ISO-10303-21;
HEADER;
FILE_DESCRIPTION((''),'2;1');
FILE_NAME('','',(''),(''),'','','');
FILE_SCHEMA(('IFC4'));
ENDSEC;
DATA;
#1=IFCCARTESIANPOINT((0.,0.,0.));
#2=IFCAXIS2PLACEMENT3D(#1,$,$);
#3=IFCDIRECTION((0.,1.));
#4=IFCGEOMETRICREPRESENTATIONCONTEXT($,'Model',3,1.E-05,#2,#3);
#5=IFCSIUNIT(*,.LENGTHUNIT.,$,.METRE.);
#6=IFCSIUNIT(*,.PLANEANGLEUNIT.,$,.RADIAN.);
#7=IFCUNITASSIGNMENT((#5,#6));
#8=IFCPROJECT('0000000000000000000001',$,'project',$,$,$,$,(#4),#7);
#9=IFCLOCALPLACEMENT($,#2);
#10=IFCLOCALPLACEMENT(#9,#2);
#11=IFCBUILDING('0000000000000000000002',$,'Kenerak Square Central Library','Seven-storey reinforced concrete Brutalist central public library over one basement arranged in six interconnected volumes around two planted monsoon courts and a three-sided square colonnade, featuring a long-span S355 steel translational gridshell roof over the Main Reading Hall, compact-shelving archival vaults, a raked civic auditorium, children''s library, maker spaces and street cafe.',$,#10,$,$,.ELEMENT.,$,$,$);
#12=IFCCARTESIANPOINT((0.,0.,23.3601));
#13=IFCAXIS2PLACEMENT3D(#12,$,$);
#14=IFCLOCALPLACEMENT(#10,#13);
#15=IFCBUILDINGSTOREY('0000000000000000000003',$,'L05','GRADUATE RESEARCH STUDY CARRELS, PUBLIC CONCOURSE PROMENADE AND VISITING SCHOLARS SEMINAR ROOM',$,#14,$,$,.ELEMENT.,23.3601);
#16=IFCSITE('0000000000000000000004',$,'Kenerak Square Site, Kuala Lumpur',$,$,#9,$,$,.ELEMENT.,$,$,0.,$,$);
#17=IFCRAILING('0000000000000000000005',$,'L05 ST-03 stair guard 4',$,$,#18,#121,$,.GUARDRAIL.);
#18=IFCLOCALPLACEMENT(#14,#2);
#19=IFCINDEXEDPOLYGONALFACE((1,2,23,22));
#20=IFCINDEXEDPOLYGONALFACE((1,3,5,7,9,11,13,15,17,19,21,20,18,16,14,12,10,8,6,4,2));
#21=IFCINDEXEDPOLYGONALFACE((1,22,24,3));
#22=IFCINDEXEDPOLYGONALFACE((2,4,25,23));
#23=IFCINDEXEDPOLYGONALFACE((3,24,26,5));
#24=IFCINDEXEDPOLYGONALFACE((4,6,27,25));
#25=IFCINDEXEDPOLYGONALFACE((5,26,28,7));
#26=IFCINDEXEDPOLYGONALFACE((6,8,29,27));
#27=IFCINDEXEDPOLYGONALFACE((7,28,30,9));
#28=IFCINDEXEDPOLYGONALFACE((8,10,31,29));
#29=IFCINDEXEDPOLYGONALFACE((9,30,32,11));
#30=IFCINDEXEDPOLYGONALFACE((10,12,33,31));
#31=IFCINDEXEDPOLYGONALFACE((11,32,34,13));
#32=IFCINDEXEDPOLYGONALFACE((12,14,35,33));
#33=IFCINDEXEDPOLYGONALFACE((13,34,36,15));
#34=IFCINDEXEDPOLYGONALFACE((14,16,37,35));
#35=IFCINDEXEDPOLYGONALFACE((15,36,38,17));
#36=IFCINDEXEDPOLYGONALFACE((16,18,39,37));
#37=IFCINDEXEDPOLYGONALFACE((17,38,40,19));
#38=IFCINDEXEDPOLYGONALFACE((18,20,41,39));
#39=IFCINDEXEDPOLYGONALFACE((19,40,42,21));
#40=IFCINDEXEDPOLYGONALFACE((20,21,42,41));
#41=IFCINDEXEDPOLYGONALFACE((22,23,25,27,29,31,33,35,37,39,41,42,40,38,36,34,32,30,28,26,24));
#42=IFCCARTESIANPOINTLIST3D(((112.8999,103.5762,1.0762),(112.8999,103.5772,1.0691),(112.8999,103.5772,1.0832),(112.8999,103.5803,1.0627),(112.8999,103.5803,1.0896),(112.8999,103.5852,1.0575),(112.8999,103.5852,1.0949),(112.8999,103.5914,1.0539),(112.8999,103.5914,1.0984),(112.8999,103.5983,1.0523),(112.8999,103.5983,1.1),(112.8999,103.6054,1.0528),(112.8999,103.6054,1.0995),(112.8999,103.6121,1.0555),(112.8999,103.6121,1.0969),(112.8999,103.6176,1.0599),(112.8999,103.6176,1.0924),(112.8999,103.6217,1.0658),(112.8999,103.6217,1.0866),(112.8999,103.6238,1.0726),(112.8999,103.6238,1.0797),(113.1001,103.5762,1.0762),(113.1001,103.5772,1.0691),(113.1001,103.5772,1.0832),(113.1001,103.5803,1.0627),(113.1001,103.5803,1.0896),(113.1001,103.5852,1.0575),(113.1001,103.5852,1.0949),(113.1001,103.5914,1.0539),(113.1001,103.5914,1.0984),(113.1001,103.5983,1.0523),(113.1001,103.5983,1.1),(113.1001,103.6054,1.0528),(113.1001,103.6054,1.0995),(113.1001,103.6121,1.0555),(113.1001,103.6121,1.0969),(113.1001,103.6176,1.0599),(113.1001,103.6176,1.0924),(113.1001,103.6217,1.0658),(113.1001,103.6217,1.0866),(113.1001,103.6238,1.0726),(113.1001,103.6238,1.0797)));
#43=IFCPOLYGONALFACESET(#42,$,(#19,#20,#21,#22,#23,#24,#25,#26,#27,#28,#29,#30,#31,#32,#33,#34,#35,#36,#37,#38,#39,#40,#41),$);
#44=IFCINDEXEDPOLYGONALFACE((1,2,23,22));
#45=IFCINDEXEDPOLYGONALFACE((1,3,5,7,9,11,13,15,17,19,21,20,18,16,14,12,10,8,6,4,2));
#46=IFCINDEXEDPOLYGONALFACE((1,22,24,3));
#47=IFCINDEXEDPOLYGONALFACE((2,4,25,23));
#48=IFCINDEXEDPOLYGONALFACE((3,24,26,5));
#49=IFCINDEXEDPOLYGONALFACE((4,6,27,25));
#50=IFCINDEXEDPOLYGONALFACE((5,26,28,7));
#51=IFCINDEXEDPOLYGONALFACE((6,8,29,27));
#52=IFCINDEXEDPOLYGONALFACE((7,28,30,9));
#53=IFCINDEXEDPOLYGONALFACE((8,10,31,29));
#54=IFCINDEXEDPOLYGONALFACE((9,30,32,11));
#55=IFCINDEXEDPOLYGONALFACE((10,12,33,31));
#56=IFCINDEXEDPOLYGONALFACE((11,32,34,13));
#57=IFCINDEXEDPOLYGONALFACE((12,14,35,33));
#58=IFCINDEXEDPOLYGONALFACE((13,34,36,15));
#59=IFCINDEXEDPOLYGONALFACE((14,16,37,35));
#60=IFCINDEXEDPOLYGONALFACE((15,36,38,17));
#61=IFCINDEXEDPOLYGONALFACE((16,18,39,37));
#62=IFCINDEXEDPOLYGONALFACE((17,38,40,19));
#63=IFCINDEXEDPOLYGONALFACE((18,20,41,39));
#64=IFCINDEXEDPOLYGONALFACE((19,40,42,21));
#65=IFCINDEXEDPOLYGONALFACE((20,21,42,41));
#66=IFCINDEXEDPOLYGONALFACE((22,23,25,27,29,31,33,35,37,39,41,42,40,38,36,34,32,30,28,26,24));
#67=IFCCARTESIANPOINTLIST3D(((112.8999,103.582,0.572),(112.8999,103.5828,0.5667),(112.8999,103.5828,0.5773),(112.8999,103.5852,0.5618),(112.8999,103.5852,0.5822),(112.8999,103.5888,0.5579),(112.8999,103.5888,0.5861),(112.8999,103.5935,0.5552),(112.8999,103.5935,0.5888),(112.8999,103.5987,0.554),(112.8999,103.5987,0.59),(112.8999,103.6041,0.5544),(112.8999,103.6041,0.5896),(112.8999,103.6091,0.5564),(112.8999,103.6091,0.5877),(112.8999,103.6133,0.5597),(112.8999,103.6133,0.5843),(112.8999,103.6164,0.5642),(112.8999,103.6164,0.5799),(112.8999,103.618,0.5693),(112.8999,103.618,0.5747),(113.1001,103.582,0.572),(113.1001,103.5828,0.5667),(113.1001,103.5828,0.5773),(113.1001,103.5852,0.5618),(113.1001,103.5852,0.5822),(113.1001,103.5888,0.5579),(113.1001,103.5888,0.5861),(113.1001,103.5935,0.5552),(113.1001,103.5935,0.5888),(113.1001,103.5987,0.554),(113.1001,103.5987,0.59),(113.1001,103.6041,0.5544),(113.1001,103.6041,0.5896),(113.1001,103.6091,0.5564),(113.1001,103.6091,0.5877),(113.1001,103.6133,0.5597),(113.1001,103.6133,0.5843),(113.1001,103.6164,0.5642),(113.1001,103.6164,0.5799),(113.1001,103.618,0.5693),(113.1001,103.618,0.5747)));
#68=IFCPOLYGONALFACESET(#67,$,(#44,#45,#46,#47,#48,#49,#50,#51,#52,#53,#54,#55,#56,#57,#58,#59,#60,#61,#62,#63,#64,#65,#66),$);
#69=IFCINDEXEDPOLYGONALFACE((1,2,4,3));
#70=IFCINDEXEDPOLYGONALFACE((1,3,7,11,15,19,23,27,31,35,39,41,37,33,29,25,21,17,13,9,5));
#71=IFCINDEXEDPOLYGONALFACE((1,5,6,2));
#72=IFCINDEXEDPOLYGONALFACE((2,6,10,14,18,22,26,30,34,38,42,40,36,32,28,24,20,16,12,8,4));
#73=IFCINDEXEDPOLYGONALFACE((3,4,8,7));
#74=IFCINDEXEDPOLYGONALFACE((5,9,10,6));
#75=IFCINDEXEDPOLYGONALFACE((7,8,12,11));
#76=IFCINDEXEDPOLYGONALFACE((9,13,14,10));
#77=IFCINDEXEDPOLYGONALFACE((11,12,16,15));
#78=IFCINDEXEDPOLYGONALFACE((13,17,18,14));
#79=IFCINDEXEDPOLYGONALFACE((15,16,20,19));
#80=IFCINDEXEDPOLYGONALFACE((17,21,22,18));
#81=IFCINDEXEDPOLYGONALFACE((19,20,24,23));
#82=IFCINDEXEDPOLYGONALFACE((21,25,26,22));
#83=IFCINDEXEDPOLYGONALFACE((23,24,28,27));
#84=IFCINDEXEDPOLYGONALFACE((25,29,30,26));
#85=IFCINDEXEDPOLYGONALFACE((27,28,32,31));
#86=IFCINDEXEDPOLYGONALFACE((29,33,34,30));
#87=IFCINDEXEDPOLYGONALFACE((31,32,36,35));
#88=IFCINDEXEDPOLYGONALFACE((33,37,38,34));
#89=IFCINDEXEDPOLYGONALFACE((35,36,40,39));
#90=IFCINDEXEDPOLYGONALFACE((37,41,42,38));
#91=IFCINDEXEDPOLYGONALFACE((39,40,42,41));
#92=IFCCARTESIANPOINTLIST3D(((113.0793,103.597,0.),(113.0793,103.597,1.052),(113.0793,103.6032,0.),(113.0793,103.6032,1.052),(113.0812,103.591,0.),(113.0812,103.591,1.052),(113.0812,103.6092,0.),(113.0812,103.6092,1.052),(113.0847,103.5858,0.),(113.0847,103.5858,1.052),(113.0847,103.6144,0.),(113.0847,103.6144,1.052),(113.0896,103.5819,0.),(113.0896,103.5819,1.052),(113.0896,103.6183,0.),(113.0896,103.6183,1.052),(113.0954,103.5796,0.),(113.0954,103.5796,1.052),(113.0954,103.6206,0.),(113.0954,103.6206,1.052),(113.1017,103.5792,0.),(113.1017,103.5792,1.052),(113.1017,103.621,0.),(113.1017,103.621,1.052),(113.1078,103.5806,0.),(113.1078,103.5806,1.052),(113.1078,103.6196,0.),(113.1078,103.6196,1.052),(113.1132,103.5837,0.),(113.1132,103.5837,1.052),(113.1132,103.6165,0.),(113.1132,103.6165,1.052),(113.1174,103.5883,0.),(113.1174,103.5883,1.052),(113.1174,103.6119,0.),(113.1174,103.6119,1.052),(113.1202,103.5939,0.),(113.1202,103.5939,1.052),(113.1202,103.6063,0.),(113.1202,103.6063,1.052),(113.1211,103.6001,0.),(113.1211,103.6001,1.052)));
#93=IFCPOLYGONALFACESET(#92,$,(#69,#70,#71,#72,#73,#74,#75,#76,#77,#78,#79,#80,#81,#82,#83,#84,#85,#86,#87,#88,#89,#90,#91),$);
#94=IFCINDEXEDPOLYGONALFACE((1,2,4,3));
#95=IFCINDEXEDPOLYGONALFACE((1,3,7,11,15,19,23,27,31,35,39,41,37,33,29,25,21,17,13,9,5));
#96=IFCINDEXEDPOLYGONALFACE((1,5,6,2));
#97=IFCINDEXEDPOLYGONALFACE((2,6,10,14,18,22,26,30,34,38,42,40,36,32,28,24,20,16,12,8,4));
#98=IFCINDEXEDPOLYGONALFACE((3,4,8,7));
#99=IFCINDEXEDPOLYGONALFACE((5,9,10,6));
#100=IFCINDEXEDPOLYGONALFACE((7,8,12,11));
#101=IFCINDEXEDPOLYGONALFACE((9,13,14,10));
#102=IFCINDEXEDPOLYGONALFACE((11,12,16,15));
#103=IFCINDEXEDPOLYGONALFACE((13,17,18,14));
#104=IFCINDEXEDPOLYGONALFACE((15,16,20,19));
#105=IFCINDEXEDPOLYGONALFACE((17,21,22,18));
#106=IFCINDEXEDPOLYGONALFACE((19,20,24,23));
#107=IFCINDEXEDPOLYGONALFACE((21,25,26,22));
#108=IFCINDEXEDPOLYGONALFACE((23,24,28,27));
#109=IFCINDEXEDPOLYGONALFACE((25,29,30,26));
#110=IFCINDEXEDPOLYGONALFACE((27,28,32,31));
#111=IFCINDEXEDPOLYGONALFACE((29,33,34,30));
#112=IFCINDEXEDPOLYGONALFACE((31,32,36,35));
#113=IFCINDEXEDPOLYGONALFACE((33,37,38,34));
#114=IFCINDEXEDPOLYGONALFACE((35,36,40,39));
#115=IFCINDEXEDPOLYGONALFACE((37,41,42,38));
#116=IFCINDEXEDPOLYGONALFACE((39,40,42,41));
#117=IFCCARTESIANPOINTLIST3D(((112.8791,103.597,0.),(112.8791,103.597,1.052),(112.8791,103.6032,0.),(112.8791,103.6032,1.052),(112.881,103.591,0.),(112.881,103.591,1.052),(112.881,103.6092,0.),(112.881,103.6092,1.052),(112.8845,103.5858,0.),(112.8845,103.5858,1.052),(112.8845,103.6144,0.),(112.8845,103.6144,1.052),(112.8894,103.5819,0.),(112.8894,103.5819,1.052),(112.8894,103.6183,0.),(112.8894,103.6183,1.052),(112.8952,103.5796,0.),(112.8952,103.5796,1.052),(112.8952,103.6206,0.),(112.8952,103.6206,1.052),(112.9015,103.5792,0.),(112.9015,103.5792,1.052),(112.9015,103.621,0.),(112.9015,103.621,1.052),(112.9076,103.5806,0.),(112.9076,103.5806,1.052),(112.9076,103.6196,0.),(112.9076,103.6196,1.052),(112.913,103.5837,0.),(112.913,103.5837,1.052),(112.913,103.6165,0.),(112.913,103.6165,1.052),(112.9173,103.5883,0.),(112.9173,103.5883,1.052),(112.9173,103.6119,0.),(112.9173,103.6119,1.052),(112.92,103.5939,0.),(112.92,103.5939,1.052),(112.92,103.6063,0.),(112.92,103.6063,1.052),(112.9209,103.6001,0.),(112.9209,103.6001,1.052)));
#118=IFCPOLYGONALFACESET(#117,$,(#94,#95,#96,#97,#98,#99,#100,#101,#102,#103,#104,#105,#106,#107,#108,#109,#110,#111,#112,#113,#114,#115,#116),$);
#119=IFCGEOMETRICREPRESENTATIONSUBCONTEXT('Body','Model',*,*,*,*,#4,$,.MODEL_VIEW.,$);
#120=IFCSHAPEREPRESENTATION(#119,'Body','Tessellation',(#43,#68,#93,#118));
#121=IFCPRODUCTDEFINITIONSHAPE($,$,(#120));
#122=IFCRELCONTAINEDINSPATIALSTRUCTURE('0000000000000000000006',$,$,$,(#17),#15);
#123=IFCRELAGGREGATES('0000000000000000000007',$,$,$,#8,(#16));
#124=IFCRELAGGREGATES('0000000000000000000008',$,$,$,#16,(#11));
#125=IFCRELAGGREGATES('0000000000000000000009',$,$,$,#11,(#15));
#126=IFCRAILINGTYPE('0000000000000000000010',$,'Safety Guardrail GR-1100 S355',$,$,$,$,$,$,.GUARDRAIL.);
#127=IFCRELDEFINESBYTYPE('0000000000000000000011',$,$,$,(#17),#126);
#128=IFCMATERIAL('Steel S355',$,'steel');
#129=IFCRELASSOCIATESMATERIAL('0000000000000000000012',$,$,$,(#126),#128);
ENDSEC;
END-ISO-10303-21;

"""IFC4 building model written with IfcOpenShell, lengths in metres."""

from ifc_helpers import new_model, si_unit, direction, frame, origin, origin_2d, place, context, subcontext, project, spatial, circle, extrude, material, type_object, element, save


model = new_model("IFC4")

# Units and contexts
model_context = context("Model", 3, precision=1e-05, world=origin(), true_north=direction((0.0, 1.0)))
body_context = subcontext(model_context, "Body", "Model", "MODEL_VIEW")
ifc_project = project(units=[si_unit("LENGTHUNIT", "METRE"), si_unit("PLANEANGLEUNIT", "RADIAN")], contexts=[model_context])

# Site, building, storey
site_placement = place(None, origin())
site = spatial("IfcSite", under=ifc_project, at=site_placement, Name="Kenerak Square Site, Kuala Lumpur", CompositionType="ELEMENT", RefElevation=0.0)
building_placement = place(site_placement, origin())
building = spatial("IfcBuilding", under=site, at=building_placement, Name="Kenerak Square Central Library", Description="Seven-storey reinforced concrete Brutalist central public library over one basement arranged in six interconnected volumes around two planted monsoon courts and a three-sided square colonnade, featuring a long-span S355 steel translational gridshell roof over the Main Reading Hall, compact-shelving archival vaults, a raked civic auditorium, children's library, maker spaces and street cafe.", CompositionType="ELEMENT")
storey_placement = place(building_placement, frame((0.0, 0.0, 23.3601)))
storey = spatial("IfcBuildingStorey", under=building, at=storey_placement, Name="L05", Description="GRADUATE RESEARCH STUDY CARRELS, PUBLIC CONCOURSE PROMENADE AND VISITING SCHOLARS SEMINAR ROOM", CompositionType="ELEMENT", Elevation=23.3601)

# Shared definitions
ifc_material_1 = material(Name="Steel S355", Category="steel")

# Railing
railing_type_1 = type_object("IfcRailingType", Name="Safety Guardrail GR-1100 S355", PredefinedType="GUARDRAIL", material=ifc_material_1)
railing_1_placement = place(storey_placement, frame((113.1001, 103.6001, 0.0)))
element("IfcRailing", 1, at=railing_1_placement, inside=storey, type_object=railing_type_1, Name="L05 ST-03 stair guard 4", PredefinedType="GUARDRAIL", context=body_context, shape_type="SweptSolid", body=[
    extrude(circle(Radius=0.0239, at=origin_2d()), frame((0.0, 0.0, 1.0762), z_axis=(-1.0, 0.0, 0.0), x_axis=(0.0, -1.0, 0.0)), (0.0, 0.0, 1.0), 0.2002),
    extrude(circle(Radius=0.0181, at=origin_2d()), frame((0.0, 0.0, 0.572), z_axis=(-1.0, 0.0, 0.0), x_axis=(0.0, -1.0, 0.0)), (0.0, 0.0, 1.0), 0.2002),
    extrude(circle(Radius=0.021, at=origin_2d()), origin(), (0.0, 0.0, 1.0), 1.052),
    extrude(circle(Radius=0.021, at=origin_2d()), frame((-0.2002, 0.0, 0.0)), (0.0, 0.0, 1.0), 1.052),
])

save(model, "model.ifc")
